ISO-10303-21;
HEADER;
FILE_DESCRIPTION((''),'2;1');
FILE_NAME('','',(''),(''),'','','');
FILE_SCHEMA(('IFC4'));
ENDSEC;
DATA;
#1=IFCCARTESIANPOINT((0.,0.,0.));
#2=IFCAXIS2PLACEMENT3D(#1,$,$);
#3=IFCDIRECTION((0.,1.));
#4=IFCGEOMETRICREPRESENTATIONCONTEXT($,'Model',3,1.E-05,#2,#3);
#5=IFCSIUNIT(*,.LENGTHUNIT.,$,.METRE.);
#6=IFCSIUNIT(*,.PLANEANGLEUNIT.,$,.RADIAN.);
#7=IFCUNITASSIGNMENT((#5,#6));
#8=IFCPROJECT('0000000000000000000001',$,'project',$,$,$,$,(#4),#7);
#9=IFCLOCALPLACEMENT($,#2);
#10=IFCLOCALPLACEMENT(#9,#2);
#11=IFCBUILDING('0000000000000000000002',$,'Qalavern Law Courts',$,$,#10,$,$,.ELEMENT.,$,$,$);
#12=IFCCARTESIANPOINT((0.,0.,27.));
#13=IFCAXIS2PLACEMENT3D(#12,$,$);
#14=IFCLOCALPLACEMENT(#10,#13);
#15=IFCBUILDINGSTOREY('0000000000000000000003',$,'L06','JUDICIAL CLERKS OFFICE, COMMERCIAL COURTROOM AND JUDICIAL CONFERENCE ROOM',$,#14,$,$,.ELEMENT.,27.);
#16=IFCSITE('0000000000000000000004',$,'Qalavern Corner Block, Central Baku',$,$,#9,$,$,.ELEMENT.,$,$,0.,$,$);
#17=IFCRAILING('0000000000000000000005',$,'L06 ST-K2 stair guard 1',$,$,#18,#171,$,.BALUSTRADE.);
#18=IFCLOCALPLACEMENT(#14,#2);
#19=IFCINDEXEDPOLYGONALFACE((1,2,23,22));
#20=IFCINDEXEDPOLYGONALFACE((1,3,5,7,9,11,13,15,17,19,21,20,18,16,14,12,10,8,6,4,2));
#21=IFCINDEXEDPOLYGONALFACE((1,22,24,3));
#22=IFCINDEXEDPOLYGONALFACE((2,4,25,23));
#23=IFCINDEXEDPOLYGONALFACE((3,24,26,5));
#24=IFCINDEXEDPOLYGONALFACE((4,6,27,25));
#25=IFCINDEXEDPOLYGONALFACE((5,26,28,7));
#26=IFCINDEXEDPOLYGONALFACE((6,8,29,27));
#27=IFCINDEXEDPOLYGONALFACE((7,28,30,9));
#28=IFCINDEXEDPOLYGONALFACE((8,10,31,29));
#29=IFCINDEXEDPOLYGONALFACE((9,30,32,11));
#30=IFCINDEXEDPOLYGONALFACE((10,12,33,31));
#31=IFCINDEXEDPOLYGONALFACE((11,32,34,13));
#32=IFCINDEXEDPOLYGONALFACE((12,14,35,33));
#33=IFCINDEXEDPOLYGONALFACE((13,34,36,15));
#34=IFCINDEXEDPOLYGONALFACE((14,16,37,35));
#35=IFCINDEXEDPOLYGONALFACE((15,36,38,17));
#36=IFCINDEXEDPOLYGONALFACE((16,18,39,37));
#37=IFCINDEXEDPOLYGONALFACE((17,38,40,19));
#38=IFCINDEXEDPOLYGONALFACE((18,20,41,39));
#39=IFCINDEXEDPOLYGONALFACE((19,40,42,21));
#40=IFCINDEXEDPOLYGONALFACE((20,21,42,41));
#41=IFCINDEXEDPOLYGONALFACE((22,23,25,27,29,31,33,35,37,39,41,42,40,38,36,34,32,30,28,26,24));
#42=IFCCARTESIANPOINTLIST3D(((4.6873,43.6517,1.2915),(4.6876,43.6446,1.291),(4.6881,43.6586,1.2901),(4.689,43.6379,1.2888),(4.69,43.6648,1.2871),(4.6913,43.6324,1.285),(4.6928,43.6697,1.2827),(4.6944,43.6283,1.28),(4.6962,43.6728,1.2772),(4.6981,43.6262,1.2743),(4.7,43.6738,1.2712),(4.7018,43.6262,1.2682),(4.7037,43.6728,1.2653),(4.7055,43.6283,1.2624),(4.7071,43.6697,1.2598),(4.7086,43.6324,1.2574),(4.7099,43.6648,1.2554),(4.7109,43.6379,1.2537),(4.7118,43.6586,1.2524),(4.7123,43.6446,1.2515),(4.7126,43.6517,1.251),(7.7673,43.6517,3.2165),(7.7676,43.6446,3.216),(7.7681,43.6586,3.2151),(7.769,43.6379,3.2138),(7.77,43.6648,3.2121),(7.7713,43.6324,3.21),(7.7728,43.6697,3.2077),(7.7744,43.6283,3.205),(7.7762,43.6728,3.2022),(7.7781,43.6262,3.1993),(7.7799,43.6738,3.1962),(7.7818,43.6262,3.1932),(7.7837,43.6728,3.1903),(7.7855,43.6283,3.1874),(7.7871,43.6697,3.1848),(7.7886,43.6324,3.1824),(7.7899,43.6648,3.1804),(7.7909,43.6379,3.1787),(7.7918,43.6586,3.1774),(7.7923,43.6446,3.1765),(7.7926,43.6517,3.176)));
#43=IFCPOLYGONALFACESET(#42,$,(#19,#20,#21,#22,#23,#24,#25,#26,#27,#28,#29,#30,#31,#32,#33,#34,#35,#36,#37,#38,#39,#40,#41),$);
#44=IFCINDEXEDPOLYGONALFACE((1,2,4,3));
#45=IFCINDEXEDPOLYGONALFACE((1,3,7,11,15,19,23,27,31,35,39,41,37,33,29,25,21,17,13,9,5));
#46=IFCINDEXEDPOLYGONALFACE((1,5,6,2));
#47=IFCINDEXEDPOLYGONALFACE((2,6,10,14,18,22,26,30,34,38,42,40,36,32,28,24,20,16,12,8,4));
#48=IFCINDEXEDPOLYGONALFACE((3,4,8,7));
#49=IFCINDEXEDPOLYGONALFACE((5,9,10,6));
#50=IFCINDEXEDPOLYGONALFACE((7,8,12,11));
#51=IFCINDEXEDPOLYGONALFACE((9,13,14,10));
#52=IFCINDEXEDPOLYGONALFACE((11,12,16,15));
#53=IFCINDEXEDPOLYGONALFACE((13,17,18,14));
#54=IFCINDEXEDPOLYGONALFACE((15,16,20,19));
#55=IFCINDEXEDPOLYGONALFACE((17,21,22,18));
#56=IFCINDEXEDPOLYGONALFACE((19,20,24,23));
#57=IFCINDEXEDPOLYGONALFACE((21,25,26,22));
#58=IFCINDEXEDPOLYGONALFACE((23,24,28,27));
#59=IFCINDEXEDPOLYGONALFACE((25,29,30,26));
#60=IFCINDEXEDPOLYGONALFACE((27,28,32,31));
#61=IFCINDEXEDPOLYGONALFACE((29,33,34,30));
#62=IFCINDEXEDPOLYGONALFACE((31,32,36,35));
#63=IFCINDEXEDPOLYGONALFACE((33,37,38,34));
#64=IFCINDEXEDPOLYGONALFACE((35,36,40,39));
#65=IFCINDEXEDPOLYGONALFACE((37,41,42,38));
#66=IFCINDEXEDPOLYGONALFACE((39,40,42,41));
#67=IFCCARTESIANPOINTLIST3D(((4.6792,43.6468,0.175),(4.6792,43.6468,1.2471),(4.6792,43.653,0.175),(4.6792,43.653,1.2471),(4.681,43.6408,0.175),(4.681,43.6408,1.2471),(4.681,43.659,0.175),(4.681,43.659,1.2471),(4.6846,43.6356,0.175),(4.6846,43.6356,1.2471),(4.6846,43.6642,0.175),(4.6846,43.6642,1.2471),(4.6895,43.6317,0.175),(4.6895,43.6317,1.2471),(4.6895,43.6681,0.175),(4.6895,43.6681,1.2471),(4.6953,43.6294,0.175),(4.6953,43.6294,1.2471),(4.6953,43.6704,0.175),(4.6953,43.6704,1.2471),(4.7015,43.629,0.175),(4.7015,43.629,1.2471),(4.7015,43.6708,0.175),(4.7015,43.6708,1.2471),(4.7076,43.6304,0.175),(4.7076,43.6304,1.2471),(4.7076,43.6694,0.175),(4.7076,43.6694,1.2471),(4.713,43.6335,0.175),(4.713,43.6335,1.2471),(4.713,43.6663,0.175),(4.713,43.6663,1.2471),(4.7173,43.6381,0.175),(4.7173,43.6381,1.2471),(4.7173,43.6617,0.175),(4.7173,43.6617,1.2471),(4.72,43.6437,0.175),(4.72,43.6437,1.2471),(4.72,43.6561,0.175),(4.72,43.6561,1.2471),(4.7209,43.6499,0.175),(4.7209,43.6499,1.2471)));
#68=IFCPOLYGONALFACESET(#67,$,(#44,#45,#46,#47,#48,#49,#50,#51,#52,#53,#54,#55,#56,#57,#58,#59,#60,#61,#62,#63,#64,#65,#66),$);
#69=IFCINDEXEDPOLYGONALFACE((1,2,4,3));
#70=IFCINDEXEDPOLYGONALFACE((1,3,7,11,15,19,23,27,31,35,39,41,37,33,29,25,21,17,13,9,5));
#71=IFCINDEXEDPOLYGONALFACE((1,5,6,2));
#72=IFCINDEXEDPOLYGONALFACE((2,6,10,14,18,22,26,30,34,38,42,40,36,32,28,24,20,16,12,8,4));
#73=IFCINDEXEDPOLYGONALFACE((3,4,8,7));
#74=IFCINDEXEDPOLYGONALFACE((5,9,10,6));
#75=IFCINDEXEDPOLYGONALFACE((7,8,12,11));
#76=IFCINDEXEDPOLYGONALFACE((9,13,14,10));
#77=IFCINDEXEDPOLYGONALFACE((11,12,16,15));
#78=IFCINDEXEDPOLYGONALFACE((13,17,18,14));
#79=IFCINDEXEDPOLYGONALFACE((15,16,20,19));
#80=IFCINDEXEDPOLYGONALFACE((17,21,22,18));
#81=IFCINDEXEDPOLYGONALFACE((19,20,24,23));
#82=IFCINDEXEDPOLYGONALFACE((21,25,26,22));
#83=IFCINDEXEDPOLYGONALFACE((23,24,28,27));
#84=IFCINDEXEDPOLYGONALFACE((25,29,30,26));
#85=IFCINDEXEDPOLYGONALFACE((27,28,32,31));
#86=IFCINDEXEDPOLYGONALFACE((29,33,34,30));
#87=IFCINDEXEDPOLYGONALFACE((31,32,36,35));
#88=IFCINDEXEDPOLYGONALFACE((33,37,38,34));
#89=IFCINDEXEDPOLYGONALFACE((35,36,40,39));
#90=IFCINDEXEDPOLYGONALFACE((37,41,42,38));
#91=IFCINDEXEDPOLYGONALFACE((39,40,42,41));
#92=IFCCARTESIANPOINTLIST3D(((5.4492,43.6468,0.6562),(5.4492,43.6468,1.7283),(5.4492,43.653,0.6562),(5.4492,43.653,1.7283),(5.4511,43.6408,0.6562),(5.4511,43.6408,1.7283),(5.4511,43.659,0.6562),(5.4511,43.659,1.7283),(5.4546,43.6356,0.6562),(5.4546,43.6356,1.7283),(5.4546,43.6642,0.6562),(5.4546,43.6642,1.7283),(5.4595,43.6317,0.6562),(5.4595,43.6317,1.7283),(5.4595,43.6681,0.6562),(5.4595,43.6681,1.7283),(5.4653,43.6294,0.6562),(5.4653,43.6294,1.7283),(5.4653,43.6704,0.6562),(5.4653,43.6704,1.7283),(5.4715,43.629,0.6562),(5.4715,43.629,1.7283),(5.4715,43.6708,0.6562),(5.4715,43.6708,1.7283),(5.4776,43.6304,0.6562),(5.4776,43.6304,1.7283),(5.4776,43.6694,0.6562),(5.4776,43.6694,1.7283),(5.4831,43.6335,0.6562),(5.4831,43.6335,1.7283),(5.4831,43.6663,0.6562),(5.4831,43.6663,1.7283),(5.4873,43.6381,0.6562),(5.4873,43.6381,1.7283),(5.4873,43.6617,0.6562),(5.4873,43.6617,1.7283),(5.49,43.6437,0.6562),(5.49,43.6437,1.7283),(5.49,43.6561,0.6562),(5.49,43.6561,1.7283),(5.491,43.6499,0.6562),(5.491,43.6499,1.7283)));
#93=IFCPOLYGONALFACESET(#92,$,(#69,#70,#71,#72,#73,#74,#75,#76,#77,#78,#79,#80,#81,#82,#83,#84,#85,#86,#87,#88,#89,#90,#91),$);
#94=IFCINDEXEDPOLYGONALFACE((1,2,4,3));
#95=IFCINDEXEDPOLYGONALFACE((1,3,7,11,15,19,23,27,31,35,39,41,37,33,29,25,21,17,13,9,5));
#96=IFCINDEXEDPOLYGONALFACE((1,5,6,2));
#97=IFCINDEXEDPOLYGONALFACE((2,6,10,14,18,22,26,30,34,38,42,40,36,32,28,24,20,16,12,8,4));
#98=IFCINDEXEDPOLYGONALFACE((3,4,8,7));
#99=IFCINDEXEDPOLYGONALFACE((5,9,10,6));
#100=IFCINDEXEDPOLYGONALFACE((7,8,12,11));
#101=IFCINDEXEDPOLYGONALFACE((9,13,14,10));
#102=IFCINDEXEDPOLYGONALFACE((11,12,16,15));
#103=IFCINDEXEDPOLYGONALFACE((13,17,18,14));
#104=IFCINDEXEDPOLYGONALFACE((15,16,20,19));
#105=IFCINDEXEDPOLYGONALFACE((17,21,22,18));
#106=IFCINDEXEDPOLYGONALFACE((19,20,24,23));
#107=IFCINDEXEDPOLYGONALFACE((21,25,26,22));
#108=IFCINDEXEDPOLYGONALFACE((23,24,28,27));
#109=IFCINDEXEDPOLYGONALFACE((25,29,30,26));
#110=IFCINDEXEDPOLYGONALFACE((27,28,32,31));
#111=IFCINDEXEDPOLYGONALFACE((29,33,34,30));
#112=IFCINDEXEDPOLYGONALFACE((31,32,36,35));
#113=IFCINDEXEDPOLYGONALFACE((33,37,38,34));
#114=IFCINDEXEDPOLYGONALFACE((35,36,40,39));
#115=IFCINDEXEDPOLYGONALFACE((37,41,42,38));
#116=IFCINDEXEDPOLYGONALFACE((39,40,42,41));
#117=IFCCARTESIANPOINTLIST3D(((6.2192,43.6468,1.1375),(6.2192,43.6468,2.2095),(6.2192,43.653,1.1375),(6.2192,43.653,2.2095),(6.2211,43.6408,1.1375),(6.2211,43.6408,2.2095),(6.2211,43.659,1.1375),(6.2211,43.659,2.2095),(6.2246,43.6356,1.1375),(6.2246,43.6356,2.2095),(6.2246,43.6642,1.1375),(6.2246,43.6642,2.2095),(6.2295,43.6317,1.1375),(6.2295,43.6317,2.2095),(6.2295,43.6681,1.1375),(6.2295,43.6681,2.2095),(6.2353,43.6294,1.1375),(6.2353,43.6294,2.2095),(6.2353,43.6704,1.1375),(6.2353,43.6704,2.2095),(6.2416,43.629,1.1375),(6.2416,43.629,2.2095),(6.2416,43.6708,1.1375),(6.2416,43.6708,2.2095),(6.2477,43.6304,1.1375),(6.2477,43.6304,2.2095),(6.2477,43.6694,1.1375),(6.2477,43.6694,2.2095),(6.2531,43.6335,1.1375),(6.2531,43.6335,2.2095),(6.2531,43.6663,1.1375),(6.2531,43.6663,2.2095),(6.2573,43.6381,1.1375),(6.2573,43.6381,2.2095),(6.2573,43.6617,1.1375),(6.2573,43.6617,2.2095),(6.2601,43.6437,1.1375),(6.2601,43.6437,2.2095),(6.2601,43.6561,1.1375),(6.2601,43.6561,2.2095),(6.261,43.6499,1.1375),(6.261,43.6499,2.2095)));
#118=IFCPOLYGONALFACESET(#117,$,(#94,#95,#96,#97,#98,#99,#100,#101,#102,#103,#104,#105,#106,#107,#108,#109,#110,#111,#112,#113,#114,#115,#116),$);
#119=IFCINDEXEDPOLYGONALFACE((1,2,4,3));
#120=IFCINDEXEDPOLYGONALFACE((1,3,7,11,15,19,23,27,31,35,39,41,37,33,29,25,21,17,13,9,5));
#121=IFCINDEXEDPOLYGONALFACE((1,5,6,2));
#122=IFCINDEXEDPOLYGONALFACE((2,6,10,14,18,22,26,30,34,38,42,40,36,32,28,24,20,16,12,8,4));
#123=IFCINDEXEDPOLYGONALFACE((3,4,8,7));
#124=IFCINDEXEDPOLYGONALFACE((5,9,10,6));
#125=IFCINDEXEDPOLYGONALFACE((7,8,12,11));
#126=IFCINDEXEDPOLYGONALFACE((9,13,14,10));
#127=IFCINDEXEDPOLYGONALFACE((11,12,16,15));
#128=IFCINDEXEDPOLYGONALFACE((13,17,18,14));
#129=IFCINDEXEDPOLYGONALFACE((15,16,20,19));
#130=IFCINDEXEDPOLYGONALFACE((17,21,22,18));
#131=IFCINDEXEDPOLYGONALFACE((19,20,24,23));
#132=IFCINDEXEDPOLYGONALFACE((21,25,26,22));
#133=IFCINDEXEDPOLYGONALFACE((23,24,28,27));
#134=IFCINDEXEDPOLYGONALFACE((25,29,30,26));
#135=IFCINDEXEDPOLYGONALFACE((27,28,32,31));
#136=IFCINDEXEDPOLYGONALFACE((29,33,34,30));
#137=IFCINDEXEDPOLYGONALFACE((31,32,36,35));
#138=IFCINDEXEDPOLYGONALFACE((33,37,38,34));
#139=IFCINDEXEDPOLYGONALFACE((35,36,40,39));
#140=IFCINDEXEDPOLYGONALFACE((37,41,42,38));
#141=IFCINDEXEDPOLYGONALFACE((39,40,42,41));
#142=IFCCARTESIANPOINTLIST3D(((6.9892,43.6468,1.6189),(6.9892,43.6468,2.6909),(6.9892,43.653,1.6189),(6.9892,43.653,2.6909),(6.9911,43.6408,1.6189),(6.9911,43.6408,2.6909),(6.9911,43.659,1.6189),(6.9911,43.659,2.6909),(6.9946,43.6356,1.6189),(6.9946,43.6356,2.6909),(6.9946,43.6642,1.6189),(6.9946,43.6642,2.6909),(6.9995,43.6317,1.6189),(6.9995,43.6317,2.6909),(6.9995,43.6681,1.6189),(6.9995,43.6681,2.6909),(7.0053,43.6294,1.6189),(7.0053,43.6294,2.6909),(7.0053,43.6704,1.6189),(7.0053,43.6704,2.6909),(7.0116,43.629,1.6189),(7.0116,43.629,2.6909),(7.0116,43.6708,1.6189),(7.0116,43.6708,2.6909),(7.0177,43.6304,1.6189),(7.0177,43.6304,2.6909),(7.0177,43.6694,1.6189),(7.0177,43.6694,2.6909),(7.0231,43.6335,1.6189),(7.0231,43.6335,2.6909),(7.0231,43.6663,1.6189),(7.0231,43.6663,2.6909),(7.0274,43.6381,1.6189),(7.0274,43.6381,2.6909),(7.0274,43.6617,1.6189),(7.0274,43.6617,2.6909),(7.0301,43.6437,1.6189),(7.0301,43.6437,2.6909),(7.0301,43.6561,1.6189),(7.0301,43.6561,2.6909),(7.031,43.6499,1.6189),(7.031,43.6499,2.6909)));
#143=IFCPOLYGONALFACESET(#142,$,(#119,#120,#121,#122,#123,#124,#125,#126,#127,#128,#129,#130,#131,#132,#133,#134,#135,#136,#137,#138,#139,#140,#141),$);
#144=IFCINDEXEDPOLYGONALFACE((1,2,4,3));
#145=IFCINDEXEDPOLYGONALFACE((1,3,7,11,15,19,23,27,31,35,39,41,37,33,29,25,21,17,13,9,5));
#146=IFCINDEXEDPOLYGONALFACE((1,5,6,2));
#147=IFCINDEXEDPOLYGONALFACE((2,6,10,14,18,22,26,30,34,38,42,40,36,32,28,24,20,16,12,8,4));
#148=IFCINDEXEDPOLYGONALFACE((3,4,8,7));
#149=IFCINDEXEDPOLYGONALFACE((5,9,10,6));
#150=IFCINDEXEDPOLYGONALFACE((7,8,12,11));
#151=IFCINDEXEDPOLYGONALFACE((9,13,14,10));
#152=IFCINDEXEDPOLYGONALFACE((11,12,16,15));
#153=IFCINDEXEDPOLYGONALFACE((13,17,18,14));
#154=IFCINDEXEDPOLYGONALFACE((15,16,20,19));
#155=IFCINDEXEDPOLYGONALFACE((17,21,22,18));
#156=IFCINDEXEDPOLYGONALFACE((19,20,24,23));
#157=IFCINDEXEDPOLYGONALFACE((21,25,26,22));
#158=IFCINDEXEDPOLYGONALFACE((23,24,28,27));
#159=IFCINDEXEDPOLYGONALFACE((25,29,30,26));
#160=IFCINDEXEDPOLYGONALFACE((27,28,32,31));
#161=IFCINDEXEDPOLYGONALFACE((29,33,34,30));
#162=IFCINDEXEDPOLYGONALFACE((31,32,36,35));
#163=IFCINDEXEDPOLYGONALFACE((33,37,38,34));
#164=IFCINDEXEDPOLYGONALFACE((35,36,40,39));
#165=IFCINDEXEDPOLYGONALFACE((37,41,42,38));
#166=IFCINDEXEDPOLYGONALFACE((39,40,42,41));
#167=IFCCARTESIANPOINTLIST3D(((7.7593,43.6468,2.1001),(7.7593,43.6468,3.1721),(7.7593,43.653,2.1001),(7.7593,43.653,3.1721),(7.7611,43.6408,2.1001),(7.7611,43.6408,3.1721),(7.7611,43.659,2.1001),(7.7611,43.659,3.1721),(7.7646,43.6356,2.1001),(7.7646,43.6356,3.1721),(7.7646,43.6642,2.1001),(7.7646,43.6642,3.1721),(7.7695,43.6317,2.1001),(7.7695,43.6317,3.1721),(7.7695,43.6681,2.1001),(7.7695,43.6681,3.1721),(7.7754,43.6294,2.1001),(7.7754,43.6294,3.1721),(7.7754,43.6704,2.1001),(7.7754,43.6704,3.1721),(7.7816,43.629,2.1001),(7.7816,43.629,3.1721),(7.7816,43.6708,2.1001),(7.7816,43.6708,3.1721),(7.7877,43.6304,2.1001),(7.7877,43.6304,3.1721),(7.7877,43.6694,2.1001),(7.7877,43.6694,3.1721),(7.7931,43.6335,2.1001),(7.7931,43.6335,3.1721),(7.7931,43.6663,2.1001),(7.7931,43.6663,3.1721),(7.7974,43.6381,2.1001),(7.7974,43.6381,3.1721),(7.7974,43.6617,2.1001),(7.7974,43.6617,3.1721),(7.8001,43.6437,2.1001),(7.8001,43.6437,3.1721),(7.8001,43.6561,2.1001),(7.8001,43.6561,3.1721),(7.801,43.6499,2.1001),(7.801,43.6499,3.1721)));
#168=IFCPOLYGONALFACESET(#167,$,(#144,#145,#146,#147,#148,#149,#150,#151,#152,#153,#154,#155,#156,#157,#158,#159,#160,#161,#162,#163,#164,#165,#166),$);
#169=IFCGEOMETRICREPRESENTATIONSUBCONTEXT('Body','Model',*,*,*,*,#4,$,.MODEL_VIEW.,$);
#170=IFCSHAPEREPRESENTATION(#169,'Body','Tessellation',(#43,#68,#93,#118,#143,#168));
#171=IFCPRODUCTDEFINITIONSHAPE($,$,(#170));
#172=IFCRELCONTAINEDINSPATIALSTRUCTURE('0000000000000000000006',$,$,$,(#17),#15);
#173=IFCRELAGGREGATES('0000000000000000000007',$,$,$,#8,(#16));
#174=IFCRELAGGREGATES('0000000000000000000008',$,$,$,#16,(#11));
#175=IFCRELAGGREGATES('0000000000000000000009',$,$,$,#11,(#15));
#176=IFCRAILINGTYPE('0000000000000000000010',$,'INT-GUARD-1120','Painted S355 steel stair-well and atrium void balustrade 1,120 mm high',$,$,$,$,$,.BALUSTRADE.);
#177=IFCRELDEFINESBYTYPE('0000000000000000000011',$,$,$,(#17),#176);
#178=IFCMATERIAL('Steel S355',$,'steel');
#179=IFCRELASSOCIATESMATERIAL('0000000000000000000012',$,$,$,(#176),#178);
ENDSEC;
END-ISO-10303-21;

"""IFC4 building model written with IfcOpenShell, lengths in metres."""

from ifc_helpers import new_model, si_unit, direction, frame, origin, origin_2d, place, context, subcontext, project, spatial, circle, extrude, material, type_object, element, save


model = new_model("IFC4")

# Units and contexts
model_context = context("Model", 3, precision=1e-05, world=origin(), true_north=direction((0.0, 1.0)))
body_context = subcontext(model_context, "Body", "Model", "MODEL_VIEW")
ifc_project = project(units=[si_unit("LENGTHUNIT", "METRE"), si_unit("PLANEANGLEUNIT", "RADIAN")], contexts=[model_context])

# Site, building, storey
site_placement = place(None, origin())
site = spatial("IfcSite", under=ifc_project, at=site_placement, Name="Qalavern Corner Block, Central Baku", CompositionType="ELEMENT", RefElevation=0.0)
building_placement = place(site_placement, origin())
building = spatial("IfcBuilding", under=site, at=building_placement, Name="Qalavern Law Courts", CompositionType="ELEMENT")
storey_placement = place(building_placement, frame((0.0, 0.0, 27.0)))
storey = spatial("IfcBuildingStorey", under=building, at=storey_placement, Name="L06", Description="JUDICIAL CLERKS OFFICE, COMMERCIAL COURTROOM AND JUDICIAL CONFERENCE ROOM", CompositionType="ELEMENT", Elevation=27.0)

# Shared definitions
ifc_material_1 = material(Name="Steel S355", Category="steel")

# Railing
railing_type_1 = type_object("IfcRailingType", Name="INT-GUARD-1120", Description="Painted S355 steel stair-well and atrium void balustrade 1,120 mm high", PredefinedType="BALUSTRADE", material=ifc_material_1)
railing_1_placement = place(storey_placement, frame((4.7, 43.6499, 0.175)))
element("IfcRailing", 1, at=railing_1_placement, inside=storey, type_object=railing_type_1, Name="L06 ST-K2 stair guard 1", PredefinedType="BALUSTRADE", context=body_context, shape_type="SweptSolid", body=[
    extrude(circle(Radius=0.0239, at=origin_2d()), frame((0.0, 0.0, 1.0962), z_axis=(0.847998, 0.0, 0.529999), x_axis=(0.0, 1.0, 0.0)), (0.0, 0.0, 1.0), 3.6321),
    extrude(circle(Radius=0.021, at=origin_2d()), origin(), (0.0, 0.0, 1.0), 1.072),
    extrude(circle(Radius=0.021, at=origin_2d()), frame((0.77, 0.0, 0.4812)), (0.0, 0.0, 1.0), 1.072),
    extrude(circle(Radius=0.021, at=origin_2d()), frame((1.54, 0.0, 0.9624)), (0.0, 0.0, 1.0), 1.072),
    extrude(circle(Radius=0.021, at=origin_2d()), frame((2.3101, 0.0, 1.4438)), (0.0, 0.0, 1.0), 1.072),
    extrude(circle(Radius=0.021, at=origin_2d()), frame((3.0801, 0.0, 1.925)), (0.0, 0.0, 1.0), 1.072),
])

save(model, "model.ifc")
